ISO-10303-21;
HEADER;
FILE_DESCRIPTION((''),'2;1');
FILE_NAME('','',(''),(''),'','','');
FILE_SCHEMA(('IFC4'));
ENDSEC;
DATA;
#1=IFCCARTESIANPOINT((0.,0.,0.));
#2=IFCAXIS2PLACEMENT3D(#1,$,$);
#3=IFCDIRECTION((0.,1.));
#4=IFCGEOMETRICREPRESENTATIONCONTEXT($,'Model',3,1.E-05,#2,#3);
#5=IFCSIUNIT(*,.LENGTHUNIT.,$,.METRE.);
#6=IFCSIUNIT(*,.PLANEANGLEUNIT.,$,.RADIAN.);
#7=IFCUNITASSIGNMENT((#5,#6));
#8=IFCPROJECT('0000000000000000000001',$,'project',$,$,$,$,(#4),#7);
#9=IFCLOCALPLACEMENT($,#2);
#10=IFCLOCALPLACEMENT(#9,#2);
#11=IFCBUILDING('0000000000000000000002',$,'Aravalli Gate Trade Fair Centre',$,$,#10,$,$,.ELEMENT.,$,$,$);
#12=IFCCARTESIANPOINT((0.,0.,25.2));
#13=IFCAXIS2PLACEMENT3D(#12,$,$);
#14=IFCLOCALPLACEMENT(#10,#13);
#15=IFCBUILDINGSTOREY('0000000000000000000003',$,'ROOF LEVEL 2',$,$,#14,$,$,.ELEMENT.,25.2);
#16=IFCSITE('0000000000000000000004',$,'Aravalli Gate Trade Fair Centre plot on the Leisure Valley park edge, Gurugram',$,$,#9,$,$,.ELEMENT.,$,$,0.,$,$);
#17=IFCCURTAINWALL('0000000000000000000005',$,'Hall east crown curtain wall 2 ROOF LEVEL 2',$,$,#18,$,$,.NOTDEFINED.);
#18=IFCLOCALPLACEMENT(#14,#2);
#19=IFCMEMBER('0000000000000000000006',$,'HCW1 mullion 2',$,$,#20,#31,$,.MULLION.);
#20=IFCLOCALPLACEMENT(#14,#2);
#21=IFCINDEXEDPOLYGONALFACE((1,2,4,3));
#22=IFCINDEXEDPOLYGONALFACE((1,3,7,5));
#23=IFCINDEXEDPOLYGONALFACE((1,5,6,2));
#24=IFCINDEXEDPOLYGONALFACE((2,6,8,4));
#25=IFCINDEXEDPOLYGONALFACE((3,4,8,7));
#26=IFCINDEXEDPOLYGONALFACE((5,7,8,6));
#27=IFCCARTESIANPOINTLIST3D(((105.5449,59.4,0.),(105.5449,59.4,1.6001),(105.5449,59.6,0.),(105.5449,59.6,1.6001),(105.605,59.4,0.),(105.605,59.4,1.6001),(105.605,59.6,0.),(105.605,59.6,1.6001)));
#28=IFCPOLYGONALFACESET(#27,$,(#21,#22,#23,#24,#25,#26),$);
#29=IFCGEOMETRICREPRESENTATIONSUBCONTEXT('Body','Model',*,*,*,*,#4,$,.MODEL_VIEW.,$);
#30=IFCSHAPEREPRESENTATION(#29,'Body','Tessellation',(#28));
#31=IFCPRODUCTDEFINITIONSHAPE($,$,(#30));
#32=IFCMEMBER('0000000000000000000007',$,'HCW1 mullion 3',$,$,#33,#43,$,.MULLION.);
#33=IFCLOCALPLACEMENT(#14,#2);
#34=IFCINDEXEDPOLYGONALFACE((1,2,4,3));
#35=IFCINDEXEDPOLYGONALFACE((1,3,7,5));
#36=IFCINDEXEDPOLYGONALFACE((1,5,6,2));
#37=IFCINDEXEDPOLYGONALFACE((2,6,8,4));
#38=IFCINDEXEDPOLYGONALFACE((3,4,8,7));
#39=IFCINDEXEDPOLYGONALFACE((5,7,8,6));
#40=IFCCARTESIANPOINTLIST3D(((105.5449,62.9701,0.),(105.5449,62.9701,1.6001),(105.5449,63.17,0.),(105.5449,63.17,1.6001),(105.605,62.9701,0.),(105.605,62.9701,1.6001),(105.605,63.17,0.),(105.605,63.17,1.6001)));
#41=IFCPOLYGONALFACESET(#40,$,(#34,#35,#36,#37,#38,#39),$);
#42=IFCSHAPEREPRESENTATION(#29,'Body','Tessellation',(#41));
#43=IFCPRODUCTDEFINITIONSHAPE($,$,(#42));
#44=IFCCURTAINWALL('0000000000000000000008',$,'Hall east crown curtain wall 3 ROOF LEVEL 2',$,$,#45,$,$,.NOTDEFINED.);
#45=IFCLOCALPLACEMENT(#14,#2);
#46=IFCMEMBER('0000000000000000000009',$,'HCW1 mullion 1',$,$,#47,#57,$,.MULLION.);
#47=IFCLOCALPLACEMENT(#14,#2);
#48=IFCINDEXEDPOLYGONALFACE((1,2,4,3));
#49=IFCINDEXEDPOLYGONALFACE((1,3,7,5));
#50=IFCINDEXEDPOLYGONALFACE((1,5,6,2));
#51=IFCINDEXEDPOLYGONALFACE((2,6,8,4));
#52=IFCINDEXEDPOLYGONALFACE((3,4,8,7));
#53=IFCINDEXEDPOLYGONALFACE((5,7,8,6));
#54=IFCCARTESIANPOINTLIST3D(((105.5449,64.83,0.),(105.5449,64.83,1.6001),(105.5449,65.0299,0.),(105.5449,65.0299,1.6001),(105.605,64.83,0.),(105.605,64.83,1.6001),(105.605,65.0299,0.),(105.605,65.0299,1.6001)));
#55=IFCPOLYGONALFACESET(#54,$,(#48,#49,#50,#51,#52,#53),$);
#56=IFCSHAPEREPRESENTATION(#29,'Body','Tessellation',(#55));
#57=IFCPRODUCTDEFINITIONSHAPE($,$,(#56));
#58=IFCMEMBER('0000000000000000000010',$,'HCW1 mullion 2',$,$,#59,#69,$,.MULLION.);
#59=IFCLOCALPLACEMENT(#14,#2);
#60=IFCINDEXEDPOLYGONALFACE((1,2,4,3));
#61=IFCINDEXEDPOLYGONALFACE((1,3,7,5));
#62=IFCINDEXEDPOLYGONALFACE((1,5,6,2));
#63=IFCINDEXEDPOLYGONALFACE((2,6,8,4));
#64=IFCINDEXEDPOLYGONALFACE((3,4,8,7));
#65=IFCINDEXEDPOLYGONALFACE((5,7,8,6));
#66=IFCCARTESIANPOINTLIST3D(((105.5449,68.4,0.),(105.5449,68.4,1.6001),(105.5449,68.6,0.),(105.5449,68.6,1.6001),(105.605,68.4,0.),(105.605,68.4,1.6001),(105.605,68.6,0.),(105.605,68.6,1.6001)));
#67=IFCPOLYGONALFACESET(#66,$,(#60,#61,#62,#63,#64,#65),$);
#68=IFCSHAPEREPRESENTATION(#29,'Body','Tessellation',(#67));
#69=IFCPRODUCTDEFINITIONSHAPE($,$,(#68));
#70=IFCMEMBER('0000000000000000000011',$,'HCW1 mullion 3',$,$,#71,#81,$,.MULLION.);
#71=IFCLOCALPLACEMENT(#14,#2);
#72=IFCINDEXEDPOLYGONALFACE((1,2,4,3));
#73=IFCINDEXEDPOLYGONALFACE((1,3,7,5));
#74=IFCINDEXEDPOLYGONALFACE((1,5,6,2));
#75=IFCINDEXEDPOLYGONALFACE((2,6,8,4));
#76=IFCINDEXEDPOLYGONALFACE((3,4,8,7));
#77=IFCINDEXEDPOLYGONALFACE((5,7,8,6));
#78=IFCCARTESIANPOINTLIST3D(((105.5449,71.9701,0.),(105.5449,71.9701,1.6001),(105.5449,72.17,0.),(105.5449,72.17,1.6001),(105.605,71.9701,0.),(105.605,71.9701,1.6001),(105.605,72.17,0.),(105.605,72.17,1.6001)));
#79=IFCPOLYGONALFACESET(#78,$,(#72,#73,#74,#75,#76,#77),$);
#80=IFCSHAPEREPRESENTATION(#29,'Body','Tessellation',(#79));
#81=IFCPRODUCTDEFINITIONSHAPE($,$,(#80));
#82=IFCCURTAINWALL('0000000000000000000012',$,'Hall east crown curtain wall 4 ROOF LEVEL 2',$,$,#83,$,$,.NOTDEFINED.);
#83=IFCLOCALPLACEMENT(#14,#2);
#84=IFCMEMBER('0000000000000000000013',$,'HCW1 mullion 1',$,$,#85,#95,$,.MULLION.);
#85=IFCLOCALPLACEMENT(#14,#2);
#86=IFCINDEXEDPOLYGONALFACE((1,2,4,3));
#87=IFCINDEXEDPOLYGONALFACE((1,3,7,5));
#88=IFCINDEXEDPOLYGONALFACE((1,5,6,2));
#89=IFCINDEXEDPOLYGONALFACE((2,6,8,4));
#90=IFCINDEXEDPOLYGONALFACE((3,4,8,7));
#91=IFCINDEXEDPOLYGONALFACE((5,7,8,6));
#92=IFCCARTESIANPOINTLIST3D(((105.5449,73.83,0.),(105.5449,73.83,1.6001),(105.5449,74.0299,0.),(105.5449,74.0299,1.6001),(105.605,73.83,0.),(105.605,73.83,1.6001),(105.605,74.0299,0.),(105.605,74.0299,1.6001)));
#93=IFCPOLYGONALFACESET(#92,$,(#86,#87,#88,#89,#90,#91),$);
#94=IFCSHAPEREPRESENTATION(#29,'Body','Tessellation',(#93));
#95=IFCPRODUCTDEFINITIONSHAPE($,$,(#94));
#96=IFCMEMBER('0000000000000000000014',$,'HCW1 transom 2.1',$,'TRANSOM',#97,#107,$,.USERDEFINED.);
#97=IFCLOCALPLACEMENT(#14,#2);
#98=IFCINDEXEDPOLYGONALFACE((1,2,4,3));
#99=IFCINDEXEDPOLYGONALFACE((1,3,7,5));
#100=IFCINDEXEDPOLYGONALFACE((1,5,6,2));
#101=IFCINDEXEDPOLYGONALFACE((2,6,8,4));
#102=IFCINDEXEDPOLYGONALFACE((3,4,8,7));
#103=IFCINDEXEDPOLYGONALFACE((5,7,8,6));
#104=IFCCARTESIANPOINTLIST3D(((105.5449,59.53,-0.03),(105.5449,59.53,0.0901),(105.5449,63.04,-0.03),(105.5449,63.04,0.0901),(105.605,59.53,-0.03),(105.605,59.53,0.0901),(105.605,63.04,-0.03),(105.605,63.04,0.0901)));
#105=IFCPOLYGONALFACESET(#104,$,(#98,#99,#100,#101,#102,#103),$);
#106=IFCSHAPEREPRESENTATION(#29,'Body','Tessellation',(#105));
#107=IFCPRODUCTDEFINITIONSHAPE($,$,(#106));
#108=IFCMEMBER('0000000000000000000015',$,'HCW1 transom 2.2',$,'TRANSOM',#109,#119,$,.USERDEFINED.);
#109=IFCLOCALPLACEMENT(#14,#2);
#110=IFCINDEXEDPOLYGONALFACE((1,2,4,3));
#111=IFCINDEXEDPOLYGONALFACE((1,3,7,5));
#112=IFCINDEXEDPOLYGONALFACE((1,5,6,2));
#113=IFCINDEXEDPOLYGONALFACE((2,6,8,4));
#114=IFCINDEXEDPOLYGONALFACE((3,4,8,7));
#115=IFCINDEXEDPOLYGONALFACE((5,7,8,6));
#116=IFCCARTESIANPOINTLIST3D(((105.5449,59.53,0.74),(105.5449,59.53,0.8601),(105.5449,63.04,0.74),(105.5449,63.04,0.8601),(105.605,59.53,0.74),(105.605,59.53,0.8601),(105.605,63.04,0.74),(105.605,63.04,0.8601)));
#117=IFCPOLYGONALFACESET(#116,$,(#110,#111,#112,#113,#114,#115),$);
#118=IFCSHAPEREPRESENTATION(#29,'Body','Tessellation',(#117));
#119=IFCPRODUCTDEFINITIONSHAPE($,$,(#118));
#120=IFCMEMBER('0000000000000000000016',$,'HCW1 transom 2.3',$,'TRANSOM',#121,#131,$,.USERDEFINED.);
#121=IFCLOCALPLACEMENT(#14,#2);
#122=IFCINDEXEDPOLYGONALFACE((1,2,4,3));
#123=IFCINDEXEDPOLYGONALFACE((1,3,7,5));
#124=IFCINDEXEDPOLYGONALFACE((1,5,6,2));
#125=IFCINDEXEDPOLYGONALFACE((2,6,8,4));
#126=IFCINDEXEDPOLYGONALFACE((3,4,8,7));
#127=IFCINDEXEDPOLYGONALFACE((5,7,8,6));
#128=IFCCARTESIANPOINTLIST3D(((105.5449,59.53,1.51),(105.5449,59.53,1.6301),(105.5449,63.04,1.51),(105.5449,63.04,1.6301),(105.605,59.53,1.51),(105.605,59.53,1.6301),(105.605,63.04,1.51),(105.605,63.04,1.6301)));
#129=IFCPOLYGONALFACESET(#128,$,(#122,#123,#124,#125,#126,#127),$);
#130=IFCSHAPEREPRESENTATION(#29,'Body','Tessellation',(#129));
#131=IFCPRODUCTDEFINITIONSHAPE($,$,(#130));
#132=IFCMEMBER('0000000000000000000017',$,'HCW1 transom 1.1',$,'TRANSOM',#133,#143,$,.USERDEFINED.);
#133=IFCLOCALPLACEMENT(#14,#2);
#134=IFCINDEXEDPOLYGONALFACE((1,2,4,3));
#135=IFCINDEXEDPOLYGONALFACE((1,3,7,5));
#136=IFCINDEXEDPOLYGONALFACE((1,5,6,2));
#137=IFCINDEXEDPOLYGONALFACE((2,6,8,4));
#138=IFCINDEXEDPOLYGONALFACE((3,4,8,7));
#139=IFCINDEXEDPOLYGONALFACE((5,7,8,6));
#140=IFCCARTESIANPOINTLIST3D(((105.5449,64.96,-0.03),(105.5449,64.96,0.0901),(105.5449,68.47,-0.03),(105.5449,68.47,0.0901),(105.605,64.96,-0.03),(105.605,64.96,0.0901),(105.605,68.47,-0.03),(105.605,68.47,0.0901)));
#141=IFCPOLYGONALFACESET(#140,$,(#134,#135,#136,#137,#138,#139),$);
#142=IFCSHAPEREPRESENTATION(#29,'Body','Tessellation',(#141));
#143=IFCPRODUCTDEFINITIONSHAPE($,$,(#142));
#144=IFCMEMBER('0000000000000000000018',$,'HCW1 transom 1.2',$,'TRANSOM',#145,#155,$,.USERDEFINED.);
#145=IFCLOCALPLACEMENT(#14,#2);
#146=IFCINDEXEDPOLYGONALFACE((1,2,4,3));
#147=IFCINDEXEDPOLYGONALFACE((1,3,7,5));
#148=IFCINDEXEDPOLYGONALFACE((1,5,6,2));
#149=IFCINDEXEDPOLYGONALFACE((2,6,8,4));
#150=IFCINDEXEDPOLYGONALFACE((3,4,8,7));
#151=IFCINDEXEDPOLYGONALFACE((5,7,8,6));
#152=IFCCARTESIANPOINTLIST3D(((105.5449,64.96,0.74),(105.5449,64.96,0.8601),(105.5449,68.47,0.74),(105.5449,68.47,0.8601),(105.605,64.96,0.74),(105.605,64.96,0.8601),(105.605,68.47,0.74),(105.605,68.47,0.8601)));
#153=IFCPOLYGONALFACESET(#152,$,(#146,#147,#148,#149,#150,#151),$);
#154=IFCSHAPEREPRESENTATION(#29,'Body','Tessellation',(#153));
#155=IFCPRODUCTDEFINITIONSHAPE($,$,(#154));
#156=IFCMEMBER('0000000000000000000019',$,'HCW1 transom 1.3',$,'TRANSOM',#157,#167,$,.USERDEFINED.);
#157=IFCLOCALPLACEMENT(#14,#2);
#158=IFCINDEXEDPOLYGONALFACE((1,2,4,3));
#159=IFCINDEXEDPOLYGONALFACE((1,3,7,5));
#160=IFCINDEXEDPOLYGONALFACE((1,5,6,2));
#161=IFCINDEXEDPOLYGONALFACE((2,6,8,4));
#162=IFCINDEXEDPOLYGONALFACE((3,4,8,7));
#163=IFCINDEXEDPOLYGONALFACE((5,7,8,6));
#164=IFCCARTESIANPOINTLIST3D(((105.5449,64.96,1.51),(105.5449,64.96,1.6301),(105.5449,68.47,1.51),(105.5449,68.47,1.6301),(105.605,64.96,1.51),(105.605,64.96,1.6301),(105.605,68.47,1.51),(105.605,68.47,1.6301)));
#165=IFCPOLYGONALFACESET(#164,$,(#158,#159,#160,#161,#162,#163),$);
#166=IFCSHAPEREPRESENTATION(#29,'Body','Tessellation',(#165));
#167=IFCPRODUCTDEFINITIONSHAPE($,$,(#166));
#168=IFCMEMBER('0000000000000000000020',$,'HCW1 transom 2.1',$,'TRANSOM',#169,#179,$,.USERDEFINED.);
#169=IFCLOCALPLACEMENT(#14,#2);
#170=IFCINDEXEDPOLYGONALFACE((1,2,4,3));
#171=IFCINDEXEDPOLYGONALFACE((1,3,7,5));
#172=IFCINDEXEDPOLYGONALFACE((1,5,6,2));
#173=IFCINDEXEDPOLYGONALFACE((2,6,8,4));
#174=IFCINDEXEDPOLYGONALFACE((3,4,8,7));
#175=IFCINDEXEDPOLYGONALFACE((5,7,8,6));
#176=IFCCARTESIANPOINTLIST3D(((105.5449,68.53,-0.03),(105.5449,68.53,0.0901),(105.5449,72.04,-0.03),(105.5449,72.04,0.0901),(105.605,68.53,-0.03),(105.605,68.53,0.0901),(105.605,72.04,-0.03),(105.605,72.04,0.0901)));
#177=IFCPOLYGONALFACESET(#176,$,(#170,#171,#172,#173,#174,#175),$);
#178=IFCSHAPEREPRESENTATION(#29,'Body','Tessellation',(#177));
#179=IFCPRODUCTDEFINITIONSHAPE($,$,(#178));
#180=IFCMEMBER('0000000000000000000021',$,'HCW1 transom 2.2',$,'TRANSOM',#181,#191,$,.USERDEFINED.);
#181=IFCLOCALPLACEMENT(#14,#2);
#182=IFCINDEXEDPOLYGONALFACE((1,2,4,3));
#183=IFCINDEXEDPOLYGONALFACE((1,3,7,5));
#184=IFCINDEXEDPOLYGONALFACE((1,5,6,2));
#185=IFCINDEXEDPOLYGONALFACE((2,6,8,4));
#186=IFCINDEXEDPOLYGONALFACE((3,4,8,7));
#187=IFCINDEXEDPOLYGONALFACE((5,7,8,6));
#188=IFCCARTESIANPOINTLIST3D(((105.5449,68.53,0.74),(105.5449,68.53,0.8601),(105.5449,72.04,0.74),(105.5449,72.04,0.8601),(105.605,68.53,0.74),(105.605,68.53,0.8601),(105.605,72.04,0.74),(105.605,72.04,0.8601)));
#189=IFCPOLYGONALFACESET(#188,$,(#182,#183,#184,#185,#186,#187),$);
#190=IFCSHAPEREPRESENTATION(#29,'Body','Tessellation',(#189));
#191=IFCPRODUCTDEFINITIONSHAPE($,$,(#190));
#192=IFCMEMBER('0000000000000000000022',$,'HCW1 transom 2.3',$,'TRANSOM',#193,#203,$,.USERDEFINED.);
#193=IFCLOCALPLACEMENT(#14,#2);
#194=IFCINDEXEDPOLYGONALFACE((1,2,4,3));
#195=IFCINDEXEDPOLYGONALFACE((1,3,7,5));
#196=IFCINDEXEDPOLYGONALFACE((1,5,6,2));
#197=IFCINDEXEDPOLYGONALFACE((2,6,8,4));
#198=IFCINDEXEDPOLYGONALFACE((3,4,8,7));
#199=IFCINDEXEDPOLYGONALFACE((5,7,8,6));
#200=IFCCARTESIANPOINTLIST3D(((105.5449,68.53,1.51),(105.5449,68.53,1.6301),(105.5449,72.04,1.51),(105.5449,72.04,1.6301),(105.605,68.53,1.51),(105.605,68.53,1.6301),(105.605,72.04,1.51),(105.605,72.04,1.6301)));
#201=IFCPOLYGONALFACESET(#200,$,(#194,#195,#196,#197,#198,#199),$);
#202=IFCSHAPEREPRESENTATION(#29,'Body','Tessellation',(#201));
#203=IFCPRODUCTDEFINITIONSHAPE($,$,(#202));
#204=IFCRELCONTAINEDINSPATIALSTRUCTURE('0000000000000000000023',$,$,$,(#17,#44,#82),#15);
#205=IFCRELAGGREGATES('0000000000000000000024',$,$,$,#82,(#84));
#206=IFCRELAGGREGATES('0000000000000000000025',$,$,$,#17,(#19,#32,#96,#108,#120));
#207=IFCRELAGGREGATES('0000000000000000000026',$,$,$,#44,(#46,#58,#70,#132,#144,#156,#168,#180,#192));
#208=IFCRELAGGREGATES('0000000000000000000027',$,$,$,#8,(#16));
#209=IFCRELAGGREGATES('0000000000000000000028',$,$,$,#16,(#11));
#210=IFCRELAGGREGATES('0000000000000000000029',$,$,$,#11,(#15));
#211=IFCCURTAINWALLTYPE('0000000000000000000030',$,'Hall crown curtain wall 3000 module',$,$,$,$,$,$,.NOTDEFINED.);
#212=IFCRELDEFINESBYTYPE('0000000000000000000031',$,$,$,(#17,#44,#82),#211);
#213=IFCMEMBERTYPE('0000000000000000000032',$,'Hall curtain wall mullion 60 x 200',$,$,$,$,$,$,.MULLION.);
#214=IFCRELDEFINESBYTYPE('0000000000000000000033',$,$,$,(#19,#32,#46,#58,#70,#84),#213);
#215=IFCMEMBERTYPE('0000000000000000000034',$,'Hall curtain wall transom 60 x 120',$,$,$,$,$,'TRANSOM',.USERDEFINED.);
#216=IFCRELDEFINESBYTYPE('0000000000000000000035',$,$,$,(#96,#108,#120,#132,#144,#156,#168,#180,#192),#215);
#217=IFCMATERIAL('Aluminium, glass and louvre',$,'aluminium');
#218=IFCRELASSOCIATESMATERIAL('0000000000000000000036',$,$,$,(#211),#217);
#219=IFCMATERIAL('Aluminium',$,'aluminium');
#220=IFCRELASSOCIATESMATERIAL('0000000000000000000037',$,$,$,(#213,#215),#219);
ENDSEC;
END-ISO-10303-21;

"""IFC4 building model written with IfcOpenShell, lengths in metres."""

from ifc_helpers import new_model, si_unit, direction, frame, origin, origin_2d, place, context, subcontext, project, spatial, rectangle, extrude, material, material_profile, profile_set, type_object, element, aggregate, save


model = new_model("IFC4")

# Units and contexts
model_context = context("Model", 3, precision=1e-05, world=origin(), true_north=direction((0.0, 1.0)))
body_context = subcontext(model_context, "Body", "Model", "MODEL_VIEW")
ifc_project = project(units=[si_unit("LENGTHUNIT", "METRE"), si_unit("PLANEANGLEUNIT", "RADIAN")], contexts=[model_context])

# Site, building, storey
site_placement = place(None, origin())
site = spatial("IfcSite", under=ifc_project, at=site_placement, Name="Aravalli Gate Trade Fair Centre plot on the Leisure Valley park edge, Gurugram", CompositionType="ELEMENT", RefElevation=0.0)
building_placement = place(site_placement, origin())
building = spatial("IfcBuilding", under=site, at=building_placement, Name="Aravalli Gate Trade Fair Centre", CompositionType="ELEMENT")
storey_placement = place(building_placement, frame((0.0, 0.0, 25.2)))
storey = spatial("IfcBuildingStorey", under=building, at=storey_placement, Name="ROOF LEVEL 2", CompositionType="ELEMENT", Elevation=25.2)

# Curtain walls, members
ifc_material_1 = material(Name="Aluminium, glass and louvre", Category="aluminium")
curtain_wall_type = type_object("IfcCurtainWallType", Name="Hall crown curtain wall 3000 module", PredefinedType="NOTDEFINED", material=ifc_material_1)
curtain_wall_1_placement = place(storey_placement, origin())
curtain_wall_1 = element("IfcCurtainWall", 1, at=curtain_wall_1_placement, inside=storey, type_object=curtain_wall_type, Name="Hall east crown curtain wall 2 ROOF LEVEL 2", PredefinedType="NOTDEFINED")
ifc_material_2 = material(Name="Aluminium", Category="aluminium")
ifc_material_profile_1 = material_profile(ifc_material_2, rectangle(XDim=0.0601, YDim=0.2, at=origin_2d()), Name="Hall curtain wall mullion 60 x 200")
ifc_profile_set_1 = profile_set([ifc_material_profile_1], Name="Aluminium")
member_type_1 = type_object("IfcMemberType", Name="Hall curtain wall mullion 60 x 200", PredefinedType="MULLION", material=ifc_profile_set_1)
member_1_placement = place(storey_placement, frame((105.575, 59.5, 0.0), z_axis=(0.0, 0.0, 1.0), x_axis=(-1.0, 0.0, 0.0)))
member_1 = element("IfcMember", 2, at=member_1_placement, type_object=member_type_1, Name="HCW1 mullion 2", PredefinedType="MULLION", context=body_context, shape_type="SweptSolid", body=[
    extrude(rectangle(XDim=0.0601, YDim=0.2, at=origin_2d()), origin(), (0.0, 0.0, 1.0), 1.6001),
])
member_2_placement = place(storey_placement, frame((105.575, 63.0701, 0.0), z_axis=(0.0, 0.0, 1.0), x_axis=(-1.0, 0.0, 0.0)))
member_2 = element("IfcMember", 3, at=member_2_placement, type_object=member_type_1, Name="HCW1 mullion 3", PredefinedType="MULLION", context=body_context, shape_type="SweptSolid", body=[
    extrude(rectangle(XDim=0.0601, YDim=0.2, at=origin_2d()), origin(), (0.0, 0.0, 1.0), 1.6001),
])
curtain_wall_2_placement = place(storey_placement, origin())
curtain_wall_2 = element("IfcCurtainWall", 4, at=curtain_wall_2_placement, inside=storey, type_object=curtain_wall_type, Name="Hall east crown curtain wall 3 ROOF LEVEL 2", PredefinedType="NOTDEFINED")
member_3_placement = place(storey_placement, frame((105.575, 64.9299, 0.0), z_axis=(0.0, 0.0, 1.0), x_axis=(-1.0, 0.0, 0.0)))
member_3 = element("IfcMember", 5, at=member_3_placement, type_object=member_type_1, Name="HCW1 mullion 1", PredefinedType="MULLION", context=body_context, shape_type="SweptSolid", body=[
    extrude(rectangle(XDim=0.0601, YDim=0.2, at=origin_2d()), origin(), (0.0, 0.0, 1.0), 1.6001),
])
member_4_placement = place(storey_placement, frame((105.575, 68.5, 0.0), z_axis=(0.0, 0.0, 1.0), x_axis=(-1.0, 0.0, 0.0)))
member_4 = element("IfcMember", 6, at=member_4_placement, type_object=member_type_1, Name="HCW1 mullion 2", PredefinedType="MULLION", context=body_context, shape_type="SweptSolid", body=[
    extrude(rectangle(XDim=0.0601, YDim=0.2, at=origin_2d()), origin(), (0.0, 0.0, 1.0), 1.6001),
])
member_5_placement = place(storey_placement, frame((105.575, 72.0701, 0.0), z_axis=(0.0, 0.0, 1.0), x_axis=(-1.0, 0.0, 0.0)))
member_5 = element("IfcMember", 7, at=member_5_placement, type_object=member_type_1, Name="HCW1 mullion 3", PredefinedType="MULLION", context=body_context, shape_type="SweptSolid", body=[
    extrude(rectangle(XDim=0.0601, YDim=0.2, at=origin_2d()), origin(), (0.0, 0.0, 1.0), 1.6001),
])

# Curtain wall, member
curtain_wall_3_placement = place(storey_placement, origin())
curtain_wall_3 = element("IfcCurtainWall", 8, at=curtain_wall_3_placement, inside=storey, type_object=curtain_wall_type, Name="Hall east crown curtain wall 4 ROOF LEVEL 2", PredefinedType="NOTDEFINED")
member_6_placement = place(storey_placement, frame((105.575, 73.9299, 0.0), z_axis=(0.0, 0.0, 1.0), x_axis=(-1.0, 0.0, 0.0)))
member_6 = element("IfcMember", 9, at=member_6_placement, type_object=member_type_1, Name="HCW1 mullion 1", PredefinedType="MULLION", context=body_context, shape_type="SweptSolid", body=[
    extrude(rectangle(XDim=0.0601, YDim=0.2, at=origin_2d()), origin(), (0.0, 0.0, 1.0), 1.6001),
])

# Members
ifc_material_profile_2 = material_profile(ifc_material_2, rectangle(XDim=0.0601, YDim=0.1201, at=origin_2d()), Name="Hall curtain wall transom 60 x 120")
ifc_profile_set_2 = profile_set([ifc_material_profile_2], Name="Aluminium")
member_type_2 = type_object("IfcMemberType", Name="Hall curtain wall transom 60 x 120", ElementType="TRANSOM", PredefinedType="USERDEFINED", material=ifc_profile_set_2)
member_7_placement = place(storey_placement, frame((105.575, 59.53, 0.03), z_axis=(0.0, 1.0, 0.0), x_axis=(-1.0, 0.0, 0.0)))
member_7 = element("IfcMember", 10, at=member_7_placement, type_object=member_type_2, Name="HCW1 transom 2.1", ObjectType="TRANSOM", PredefinedType="USERDEFINED", context=body_context, shape_type="SweptSolid", body=[
    extrude(rectangle(XDim=0.0601, YDim=0.1201, at=origin_2d()), origin(), (0.0, 0.0, 1.0), 3.51),
])
member_8_placement = place(storey_placement, frame((105.575, 59.53, 0.8), z_axis=(0.0, 1.0, 0.0), x_axis=(-1.0, 0.0, 0.0)))
member_8 = element("IfcMember", 11, at=member_8_placement, type_object=member_type_2, Name="HCW1 transom 2.2", ObjectType="TRANSOM", PredefinedType="USERDEFINED", context=body_context, shape_type="SweptSolid", body=[
    extrude(rectangle(XDim=0.0601, YDim=0.1201, at=origin_2d()), origin(), (0.0, 0.0, 1.0), 3.51),
])
member_9_placement = place(storey_placement, frame((105.575, 59.53, 1.5701), z_axis=(0.0, 1.0, 0.0), x_axis=(-1.0, 0.0, 0.0)))
member_9 = element("IfcMember", 12, at=member_9_placement, type_object=member_type_2, Name="HCW1 transom 2.3", ObjectType="TRANSOM", PredefinedType="USERDEFINED", context=body_context, shape_type="SweptSolid", body=[
    extrude(rectangle(XDim=0.0601, YDim=0.1201, at=origin_2d()), origin(), (0.0, 0.0, 1.0), 3.51),
])
member_10_placement = place(storey_placement, frame((105.575, 64.96, 0.03), z_axis=(0.0, 1.0, 0.0), x_axis=(-1.0, 0.0, 0.0)))
member_10 = element("IfcMember", 13, at=member_10_placement, type_object=member_type_2, Name="HCW1 transom 1.1", ObjectType="TRANSOM", PredefinedType="USERDEFINED", context=body_context, shape_type="SweptSolid", body=[
    extrude(rectangle(XDim=0.0601, YDim=0.1201, at=origin_2d()), origin(), (0.0, 0.0, 1.0), 3.51),
])
member_11_placement = place(storey_placement, frame((105.575, 64.96, 0.8), z_axis=(0.0, 1.0, 0.0), x_axis=(-1.0, 0.0, 0.0)))
member_11 = element("IfcMember", 14, at=member_11_placement, type_object=member_type_2, Name="HCW1 transom 1.2", ObjectType="TRANSOM", PredefinedType="USERDEFINED", context=body_context, shape_type="SweptSolid", body=[
    extrude(rectangle(XDim=0.0601, YDim=0.1201, at=origin_2d()), origin(), (0.0, 0.0, 1.0), 3.51),
])
member_12_placement = place(storey_placement, frame((105.575, 64.96, 1.5701), z_axis=(0.0, 1.0, 0.0), x_axis=(-1.0, 0.0, 0.0)))
member_12 = element("IfcMember", 15, at=member_12_placement, type_object=member_type_2, Name="HCW1 transom 1.3", ObjectType="TRANSOM", PredefinedType="USERDEFINED", context=body_context, shape_type="SweptSolid", body=[
    extrude(rectangle(XDim=0.0601, YDim=0.1201, at=origin_2d()), origin(), (0.0, 0.0, 1.0), 3.51),
])
member_13_placement = place(storey_placement, frame((105.575, 68.53, 0.03), z_axis=(0.0, 1.0, 0.0), x_axis=(-1.0, 0.0, 0.0)))
member_13 = element("IfcMember", 16, at=member_13_placement, type_object=member_type_2, Name="HCW1 transom 2.1", ObjectType="TRANSOM", PredefinedType="USERDEFINED", context=body_context, shape_type="SweptSolid", body=[
    extrude(rectangle(XDim=0.0601, YDim=0.1201, at=origin_2d()), origin(), (0.0, 0.0, 1.0), 3.51),
])
member_14_placement = place(storey_placement, frame((105.575, 68.53, 0.8), z_axis=(0.0, 1.0, 0.0), x_axis=(-1.0, 0.0, 0.0)))
member_14 = element("IfcMember", 17, at=member_14_placement, type_object=member_type_2, Name="HCW1 transom 2.2", ObjectType="TRANSOM", PredefinedType="USERDEFINED", context=body_context, shape_type="SweptSolid", body=[
    extrude(rectangle(XDim=0.0601, YDim=0.1201, at=origin_2d()), origin(), (0.0, 0.0, 1.0), 3.51),
])
member_15_placement = place(storey_placement, frame((105.575, 68.53, 1.5701), z_axis=(0.0, 1.0, 0.0), x_axis=(-1.0, 0.0, 0.0)))
member_15 = element("IfcMember", 18, at=member_15_placement, type_object=member_type_2, Name="HCW1 transom 2.3", ObjectType="TRANSOM", PredefinedType="USERDEFINED", context=body_context, shape_type="SweptSolid", body=[
    extrude(rectangle(XDim=0.0601, YDim=0.1201, at=origin_2d()), origin(), (0.0, 0.0, 1.0), 3.51),
])
aggregate(curtain_wall_3, [member_6])

aggregate(curtain_wall_1, [member_1, member_2, member_7, member_8, member_9])
aggregate(curtain_wall_2, [member_3, member_4, member_5, member_10, member_11, member_12, member_13, member_14, member_15])

save(model, "model.ifc")
